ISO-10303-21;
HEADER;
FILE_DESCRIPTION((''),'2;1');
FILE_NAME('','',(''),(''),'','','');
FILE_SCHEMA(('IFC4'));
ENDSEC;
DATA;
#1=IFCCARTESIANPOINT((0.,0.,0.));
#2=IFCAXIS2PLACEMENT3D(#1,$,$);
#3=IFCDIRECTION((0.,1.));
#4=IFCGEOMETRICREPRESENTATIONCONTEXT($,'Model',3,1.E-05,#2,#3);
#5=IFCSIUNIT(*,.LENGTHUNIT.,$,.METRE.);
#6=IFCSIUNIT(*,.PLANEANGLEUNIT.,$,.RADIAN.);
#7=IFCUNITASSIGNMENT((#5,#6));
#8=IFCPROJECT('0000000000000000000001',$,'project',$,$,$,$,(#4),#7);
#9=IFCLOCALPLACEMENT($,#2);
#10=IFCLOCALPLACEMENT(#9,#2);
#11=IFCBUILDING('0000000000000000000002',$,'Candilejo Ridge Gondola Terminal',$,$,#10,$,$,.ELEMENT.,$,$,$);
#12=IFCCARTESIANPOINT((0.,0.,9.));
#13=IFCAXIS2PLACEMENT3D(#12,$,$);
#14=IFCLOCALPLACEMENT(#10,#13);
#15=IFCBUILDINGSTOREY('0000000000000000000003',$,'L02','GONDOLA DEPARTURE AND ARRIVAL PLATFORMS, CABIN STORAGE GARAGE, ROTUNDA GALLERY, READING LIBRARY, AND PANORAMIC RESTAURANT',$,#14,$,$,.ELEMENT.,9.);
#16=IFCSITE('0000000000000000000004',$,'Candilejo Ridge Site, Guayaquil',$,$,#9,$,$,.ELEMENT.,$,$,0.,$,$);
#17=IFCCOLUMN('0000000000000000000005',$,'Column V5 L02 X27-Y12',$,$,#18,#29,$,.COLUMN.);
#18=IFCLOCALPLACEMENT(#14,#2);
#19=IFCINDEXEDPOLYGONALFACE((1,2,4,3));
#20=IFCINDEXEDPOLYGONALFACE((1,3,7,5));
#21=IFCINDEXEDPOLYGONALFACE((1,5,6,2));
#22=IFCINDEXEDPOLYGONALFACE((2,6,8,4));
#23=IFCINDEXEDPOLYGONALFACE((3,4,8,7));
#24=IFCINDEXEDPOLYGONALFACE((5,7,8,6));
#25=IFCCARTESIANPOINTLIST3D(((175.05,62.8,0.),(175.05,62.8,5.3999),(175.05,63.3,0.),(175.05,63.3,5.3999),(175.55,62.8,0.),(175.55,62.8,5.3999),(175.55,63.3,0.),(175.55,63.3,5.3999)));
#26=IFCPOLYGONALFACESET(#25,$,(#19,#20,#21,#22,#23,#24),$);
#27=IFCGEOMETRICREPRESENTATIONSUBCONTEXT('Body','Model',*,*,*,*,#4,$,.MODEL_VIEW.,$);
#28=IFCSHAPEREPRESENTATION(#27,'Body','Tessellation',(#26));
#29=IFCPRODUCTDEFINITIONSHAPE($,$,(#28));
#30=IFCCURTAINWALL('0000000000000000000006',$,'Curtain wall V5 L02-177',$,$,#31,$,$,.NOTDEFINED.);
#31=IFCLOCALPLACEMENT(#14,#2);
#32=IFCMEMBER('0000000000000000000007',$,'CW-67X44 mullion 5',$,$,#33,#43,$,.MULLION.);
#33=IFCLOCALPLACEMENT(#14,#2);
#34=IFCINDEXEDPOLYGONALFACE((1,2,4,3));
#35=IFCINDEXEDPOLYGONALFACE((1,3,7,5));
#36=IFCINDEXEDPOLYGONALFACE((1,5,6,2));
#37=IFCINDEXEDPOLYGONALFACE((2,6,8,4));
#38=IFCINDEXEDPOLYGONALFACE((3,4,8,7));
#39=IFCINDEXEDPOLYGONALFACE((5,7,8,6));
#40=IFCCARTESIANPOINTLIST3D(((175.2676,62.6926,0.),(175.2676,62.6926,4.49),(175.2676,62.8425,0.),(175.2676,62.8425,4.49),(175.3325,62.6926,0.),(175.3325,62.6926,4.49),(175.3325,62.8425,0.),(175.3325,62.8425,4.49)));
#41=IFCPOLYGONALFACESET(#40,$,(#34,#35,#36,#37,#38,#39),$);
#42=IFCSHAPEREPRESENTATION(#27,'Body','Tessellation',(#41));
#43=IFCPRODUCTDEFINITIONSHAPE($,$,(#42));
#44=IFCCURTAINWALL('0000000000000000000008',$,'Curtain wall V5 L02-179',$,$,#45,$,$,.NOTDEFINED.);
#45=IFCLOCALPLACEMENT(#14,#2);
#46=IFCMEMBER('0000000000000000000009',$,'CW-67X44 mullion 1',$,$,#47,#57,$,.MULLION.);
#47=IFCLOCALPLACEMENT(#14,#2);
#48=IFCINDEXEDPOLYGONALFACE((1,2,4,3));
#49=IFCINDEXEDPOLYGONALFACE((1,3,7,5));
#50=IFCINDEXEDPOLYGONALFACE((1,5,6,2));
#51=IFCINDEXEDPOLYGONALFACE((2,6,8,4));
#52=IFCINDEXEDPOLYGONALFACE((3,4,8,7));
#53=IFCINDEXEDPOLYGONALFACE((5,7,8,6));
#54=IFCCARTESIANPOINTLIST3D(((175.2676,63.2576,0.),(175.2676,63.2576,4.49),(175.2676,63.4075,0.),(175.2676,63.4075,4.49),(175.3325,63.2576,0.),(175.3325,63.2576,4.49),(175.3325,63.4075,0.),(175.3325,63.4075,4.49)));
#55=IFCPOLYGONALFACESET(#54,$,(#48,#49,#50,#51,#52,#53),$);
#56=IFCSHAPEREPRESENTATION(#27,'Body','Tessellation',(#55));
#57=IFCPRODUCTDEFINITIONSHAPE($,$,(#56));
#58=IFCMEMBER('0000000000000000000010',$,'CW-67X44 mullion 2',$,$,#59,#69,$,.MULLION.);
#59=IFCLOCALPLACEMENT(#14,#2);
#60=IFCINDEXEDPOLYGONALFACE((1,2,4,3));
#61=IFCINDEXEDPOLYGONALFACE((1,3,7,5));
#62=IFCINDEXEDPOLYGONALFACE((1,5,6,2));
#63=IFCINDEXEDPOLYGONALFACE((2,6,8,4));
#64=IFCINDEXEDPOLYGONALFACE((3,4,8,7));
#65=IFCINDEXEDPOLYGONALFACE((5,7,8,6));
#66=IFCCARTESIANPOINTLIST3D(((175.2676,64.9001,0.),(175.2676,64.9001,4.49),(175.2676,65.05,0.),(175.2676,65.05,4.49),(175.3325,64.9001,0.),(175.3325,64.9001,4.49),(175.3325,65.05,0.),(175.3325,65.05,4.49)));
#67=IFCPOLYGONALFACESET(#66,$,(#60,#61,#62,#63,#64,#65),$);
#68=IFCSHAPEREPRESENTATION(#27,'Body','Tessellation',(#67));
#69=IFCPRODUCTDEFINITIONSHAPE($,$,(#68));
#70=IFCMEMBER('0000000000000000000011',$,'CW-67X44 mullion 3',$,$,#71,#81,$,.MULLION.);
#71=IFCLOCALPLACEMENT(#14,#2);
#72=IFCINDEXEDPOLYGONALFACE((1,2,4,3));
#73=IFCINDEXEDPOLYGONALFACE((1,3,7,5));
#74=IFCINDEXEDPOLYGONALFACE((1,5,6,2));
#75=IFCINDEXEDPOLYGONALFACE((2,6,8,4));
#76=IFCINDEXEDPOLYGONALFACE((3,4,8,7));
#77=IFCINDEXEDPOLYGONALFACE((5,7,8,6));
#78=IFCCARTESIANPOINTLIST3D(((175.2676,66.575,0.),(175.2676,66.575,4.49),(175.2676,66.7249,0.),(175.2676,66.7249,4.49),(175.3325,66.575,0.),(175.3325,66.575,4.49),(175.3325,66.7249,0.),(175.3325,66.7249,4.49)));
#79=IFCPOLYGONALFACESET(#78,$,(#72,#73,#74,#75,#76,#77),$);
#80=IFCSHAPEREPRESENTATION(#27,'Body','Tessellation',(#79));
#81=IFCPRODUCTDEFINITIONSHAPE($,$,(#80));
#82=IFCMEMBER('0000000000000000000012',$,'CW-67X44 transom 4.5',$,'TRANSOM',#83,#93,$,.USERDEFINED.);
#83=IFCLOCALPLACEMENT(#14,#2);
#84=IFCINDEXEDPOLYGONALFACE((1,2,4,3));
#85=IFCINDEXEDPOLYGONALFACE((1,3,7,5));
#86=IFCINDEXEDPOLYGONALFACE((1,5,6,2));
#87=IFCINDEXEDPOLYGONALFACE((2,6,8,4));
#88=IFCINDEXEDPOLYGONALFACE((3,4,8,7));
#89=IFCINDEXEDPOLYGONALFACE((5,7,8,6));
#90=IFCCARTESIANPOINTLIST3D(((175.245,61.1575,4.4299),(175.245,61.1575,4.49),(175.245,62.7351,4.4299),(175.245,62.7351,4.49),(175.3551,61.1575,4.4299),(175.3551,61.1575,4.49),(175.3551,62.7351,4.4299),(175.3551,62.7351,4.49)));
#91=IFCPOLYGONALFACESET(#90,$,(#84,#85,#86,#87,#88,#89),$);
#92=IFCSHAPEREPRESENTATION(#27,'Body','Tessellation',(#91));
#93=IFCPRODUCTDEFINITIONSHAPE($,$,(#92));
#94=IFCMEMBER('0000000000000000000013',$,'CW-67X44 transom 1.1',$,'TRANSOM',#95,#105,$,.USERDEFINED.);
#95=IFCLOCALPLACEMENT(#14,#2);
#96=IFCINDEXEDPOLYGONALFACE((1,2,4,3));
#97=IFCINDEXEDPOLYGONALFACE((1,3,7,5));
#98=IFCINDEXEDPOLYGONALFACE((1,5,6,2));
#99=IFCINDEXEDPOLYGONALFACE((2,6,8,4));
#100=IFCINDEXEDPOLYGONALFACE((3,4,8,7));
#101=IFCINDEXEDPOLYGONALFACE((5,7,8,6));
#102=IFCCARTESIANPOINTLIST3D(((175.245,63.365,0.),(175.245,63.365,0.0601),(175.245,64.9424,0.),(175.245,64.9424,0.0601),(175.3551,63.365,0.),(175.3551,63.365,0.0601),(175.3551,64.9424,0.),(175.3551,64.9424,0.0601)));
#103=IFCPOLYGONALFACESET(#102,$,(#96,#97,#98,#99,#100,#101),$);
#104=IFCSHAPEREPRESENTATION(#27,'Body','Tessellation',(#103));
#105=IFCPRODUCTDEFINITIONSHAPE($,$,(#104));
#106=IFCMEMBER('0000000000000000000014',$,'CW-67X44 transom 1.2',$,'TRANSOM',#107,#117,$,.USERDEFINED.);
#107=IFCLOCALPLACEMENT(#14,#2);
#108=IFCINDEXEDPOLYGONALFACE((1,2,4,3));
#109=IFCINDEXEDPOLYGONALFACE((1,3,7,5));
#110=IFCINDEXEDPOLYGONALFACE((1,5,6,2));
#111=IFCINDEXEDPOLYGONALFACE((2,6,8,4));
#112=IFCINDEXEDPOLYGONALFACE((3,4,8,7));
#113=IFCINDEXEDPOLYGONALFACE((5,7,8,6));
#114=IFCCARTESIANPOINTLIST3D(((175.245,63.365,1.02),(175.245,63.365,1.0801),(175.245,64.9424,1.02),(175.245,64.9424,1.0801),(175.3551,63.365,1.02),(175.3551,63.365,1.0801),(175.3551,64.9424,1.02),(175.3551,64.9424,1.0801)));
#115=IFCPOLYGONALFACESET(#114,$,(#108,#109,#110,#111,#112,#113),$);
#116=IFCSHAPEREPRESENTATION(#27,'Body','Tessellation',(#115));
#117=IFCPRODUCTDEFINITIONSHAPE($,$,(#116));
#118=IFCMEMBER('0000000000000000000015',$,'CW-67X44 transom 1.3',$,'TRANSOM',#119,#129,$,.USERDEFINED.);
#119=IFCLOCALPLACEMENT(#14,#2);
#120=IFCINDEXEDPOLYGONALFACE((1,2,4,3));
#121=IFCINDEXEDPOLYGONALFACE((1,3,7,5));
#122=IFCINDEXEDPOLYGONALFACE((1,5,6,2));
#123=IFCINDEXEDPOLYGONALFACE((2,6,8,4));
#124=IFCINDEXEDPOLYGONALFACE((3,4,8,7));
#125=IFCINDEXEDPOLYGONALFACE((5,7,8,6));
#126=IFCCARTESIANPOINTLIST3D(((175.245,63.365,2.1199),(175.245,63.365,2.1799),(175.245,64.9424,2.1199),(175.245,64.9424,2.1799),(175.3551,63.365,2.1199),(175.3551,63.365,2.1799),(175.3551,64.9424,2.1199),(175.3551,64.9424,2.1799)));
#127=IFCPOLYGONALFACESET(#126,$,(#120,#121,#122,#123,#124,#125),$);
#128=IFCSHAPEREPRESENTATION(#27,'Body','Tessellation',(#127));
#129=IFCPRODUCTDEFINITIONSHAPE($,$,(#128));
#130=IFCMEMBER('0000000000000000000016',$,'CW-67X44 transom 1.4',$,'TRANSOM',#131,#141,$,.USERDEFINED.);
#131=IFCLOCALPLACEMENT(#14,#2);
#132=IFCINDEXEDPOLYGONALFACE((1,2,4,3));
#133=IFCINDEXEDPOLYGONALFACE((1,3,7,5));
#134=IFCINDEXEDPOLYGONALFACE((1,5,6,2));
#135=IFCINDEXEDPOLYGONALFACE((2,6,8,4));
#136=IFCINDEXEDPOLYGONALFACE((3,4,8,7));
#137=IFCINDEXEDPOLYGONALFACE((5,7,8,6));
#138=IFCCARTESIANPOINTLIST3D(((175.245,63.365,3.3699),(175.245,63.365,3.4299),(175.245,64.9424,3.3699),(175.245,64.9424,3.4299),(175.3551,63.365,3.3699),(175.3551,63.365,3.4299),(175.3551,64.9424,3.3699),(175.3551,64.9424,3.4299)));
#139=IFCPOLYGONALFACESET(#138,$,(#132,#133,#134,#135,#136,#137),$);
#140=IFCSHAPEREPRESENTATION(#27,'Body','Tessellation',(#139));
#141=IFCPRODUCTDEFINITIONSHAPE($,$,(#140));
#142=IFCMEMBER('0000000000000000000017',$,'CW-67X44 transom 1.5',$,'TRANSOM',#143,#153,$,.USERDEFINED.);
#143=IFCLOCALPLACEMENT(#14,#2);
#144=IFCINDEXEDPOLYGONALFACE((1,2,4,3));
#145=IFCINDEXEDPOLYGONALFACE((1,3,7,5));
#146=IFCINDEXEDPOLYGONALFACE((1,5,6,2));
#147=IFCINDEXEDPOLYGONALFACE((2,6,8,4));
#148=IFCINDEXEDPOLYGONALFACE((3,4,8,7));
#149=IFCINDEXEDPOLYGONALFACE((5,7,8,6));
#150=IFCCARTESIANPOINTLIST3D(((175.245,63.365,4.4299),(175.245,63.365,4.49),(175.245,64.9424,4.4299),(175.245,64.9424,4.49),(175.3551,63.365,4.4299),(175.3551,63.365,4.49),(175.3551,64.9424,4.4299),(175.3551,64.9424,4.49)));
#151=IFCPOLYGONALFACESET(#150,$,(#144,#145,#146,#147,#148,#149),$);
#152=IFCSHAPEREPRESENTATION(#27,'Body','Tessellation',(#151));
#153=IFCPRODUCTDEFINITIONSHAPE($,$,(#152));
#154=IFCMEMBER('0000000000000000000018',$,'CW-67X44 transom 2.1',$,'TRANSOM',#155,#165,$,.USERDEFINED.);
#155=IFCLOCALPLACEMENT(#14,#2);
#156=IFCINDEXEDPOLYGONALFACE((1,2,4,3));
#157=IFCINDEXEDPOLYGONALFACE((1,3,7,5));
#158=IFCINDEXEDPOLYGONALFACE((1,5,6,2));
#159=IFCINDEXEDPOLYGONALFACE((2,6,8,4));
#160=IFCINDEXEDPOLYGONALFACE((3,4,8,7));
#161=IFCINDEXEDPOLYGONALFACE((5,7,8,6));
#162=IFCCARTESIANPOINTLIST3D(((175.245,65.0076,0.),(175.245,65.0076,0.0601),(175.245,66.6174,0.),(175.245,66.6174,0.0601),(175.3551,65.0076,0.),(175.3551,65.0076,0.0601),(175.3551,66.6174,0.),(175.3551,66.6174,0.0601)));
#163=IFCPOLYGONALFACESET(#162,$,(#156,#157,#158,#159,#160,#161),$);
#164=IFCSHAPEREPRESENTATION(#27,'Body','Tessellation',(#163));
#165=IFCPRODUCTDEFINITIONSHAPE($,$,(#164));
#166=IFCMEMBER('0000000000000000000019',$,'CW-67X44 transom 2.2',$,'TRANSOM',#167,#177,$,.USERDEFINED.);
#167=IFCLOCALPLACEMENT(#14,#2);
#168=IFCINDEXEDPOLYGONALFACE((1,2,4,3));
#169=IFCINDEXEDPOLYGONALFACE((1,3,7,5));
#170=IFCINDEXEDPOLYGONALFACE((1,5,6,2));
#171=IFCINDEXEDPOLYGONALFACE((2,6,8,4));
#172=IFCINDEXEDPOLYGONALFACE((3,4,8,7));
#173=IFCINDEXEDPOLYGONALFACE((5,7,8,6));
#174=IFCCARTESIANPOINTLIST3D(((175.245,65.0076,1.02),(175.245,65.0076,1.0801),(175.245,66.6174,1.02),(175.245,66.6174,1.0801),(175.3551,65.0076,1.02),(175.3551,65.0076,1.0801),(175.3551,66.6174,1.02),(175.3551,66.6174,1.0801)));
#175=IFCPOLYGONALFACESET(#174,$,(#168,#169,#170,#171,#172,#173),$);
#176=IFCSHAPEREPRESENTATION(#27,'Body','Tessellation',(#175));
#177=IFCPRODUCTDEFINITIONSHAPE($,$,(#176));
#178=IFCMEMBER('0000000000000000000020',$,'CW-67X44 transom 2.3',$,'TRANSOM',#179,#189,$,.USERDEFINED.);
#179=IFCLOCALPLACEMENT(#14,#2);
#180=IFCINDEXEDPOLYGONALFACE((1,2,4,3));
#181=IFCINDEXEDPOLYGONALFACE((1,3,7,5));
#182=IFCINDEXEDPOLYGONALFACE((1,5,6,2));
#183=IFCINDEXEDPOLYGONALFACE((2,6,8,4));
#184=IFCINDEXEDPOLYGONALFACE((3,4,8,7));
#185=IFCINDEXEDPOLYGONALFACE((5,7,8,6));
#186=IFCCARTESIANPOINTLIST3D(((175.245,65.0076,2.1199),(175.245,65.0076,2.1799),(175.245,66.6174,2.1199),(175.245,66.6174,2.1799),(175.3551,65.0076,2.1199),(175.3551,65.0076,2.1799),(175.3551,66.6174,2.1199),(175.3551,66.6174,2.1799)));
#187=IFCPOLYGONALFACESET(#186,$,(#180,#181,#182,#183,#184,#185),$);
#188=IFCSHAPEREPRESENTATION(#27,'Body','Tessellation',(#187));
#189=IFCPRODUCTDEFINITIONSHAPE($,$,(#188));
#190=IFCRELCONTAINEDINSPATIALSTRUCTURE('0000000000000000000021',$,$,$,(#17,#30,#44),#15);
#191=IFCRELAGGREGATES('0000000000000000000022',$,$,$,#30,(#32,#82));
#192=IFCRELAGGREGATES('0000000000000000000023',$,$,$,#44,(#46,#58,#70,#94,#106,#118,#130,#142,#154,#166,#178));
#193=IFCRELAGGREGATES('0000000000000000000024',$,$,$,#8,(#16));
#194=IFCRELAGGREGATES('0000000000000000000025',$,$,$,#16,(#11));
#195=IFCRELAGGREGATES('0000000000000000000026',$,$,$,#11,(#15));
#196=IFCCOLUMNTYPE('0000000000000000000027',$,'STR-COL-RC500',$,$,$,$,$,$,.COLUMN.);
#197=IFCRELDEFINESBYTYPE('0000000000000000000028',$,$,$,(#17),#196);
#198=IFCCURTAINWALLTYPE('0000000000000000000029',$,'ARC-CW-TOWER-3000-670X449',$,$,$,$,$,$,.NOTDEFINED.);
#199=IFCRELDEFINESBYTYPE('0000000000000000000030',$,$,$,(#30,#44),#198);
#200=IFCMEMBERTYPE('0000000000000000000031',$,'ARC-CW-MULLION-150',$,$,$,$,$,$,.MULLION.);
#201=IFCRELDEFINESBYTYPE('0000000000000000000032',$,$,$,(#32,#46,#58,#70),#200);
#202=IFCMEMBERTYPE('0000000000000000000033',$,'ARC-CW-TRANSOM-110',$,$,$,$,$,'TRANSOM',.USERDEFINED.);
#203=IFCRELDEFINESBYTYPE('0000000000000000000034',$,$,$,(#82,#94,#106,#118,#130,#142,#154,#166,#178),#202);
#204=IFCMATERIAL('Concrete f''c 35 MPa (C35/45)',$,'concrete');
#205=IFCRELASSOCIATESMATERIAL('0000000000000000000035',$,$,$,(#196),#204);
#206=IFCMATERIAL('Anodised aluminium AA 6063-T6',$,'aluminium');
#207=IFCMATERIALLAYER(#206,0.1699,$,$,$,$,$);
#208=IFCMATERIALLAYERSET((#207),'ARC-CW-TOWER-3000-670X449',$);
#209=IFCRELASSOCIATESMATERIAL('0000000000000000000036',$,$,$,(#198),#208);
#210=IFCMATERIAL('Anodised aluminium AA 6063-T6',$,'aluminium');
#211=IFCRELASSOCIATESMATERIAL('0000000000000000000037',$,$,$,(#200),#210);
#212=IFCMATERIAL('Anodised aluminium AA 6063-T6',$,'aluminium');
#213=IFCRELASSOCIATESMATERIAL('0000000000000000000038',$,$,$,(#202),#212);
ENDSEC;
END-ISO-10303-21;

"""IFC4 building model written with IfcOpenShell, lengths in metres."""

from ifc_helpers import new_model, si_unit, direction, frame, origin, origin_2d, place, context, subcontext, project, spatial, rectangle, extrude, material, layer, layer_set, material_profile, profile_set, type_object, element, aggregate, save


model = new_model("IFC4")

# Units and contexts
model_context = context("Model", 3, precision=1e-05, world=origin(), true_north=direction((0.0, 1.0)))
body_context = subcontext(model_context, "Body", "Model", "MODEL_VIEW")
ifc_project = project(units=[si_unit("LENGTHUNIT", "METRE"), si_unit("PLANEANGLEUNIT", "RADIAN")], contexts=[model_context])

# Site, building, storey
site_placement = place(None, origin())
site = spatial("IfcSite", under=ifc_project, at=site_placement, Name="Candilejo Ridge Site, Guayaquil", CompositionType="ELEMENT", RefElevation=0.0)
building_placement = place(site_placement, origin())
building = spatial("IfcBuilding", under=site, at=building_placement, Name="Candilejo Ridge Gondola Terminal", CompositionType="ELEMENT")
storey_placement = place(building_placement, frame((0.0, 0.0, 9.0)))
storey = spatial("IfcBuildingStorey", under=building, at=storey_placement, Name="L02", Description="GONDOLA DEPARTURE AND ARRIVAL PLATFORMS, CABIN STORAGE GARAGE, ROTUNDA GALLERY, READING LIBRARY, AND PANORAMIC RESTAURANT", CompositionType="ELEMENT", Elevation=9.0)

# Column
ifc_material_1 = material(Name="Concrete f'c 35 MPa (C35/45)", Category="concrete")
ifc_material_profile_1 = material_profile(ifc_material_1, rectangle(XDim=0.5, YDim=0.5, at=origin_2d()))
ifc_profile_set_1 = profile_set([ifc_material_profile_1], Name="Concrete f'c 35 MPa (C35/45)")
column_type = type_object("IfcColumnType", Name="STR-COL-RC500", PredefinedType="COLUMN", material=ifc_profile_set_1)
column_placement = place(storey_placement, frame((175.3, 63.05, 0.0), z_axis=(0.0, 0.0, 1.0), x_axis=(1.0, 0.0, 0.0)))
element("IfcColumn", 1, at=column_placement, inside=storey, type_object=column_type, Name="Column V5 L02 X27-Y12", PredefinedType="COLUMN", context=body_context, shape_type="SweptSolid", body=[
    extrude(rectangle(XDim=0.5, YDim=0.5, at=origin_2d()), origin(), (0.0, 0.0, 1.0), 5.3999),
])

# Curtain wall, member
ifc_material_2 = material(Name="Anodised aluminium AA 6063-T6", Category="aluminium")
ifc_layer_1 = layer(ifc_material_2, 0.1699)
ifc_layer_set_1 = layer_set([ifc_layer_1], Name="ARC-CW-TOWER-3000-670X449")
curtain_wall_type = type_object("IfcCurtainWallType", Name="ARC-CW-TOWER-3000-670X449", PredefinedType="NOTDEFINED", material=ifc_layer_set_1)
curtain_wall_1_placement = place(storey_placement, origin())
curtain_wall_1 = element("IfcCurtainWall", 2, at=curtain_wall_1_placement, inside=storey, type_object=curtain_wall_type, Name="Curtain wall V5 L02-177", PredefinedType="NOTDEFINED")
ifc_material_3 = material(Name="Anodised aluminium AA 6063-T6", Category="aluminium")
ifc_material_profile_2 = material_profile(ifc_material_3, rectangle(XDim=0.0649, YDim=0.1499, at=origin_2d()))
ifc_profile_set_2 = profile_set([ifc_material_profile_2], Name="Anodised aluminium AA 6063-T6")
member_type_1 = type_object("IfcMemberType", Name="ARC-CW-MULLION-150", PredefinedType="MULLION", material=ifc_profile_set_2)
member_1_placement = place(storey_placement, frame((175.3, 62.7676, 0.0), z_axis=(0.0, 0.0, 1.0), x_axis=(-1.0, 0.0, 0.0)))
member_1 = element("IfcMember", 3, at=member_1_placement, type_object=member_type_1, Name="CW-67X44 mullion 5", PredefinedType="MULLION", context=body_context, shape_type="SweptSolid", body=[
    extrude(rectangle(XDim=0.0649, YDim=0.1499, at=origin_2d()), origin(), (0.0, 0.0, 1.0), 4.49),
])

# Curtain wall, members
curtain_wall_2_placement = place(storey_placement, origin())
curtain_wall_2 = element("IfcCurtainWall", 4, at=curtain_wall_2_placement, inside=storey, type_object=curtain_wall_type, Name="Curtain wall V5 L02-179", PredefinedType="NOTDEFINED")
member_2_placement = place(storey_placement, frame((175.3, 63.3325, 0.0), z_axis=(0.0, 0.0, 1.0), x_axis=(-1.0, 0.0, 0.0)))
member_2 = element("IfcMember", 5, at=member_2_placement, type_object=member_type_1, Name="CW-67X44 mullion 1", PredefinedType="MULLION", context=body_context, shape_type="SweptSolid", body=[
    extrude(rectangle(XDim=0.0649, YDim=0.1499, at=origin_2d()), origin(), (0.0, 0.0, 1.0), 4.49),
])
member_3_placement = place(storey_placement, frame((175.3, 64.9751, 0.0), z_axis=(0.0, 0.0, 1.0), x_axis=(-1.0, 0.0, 0.0)))
member_3 = element("IfcMember", 6, at=member_3_placement, type_object=member_type_1, Name="CW-67X44 mullion 2", PredefinedType="MULLION", context=body_context, shape_type="SweptSolid", body=[
    extrude(rectangle(XDim=0.0649, YDim=0.1499, at=origin_2d()), origin(), (0.0, 0.0, 1.0), 4.49),
])
member_4_placement = place(storey_placement, frame((175.3, 66.6499, 0.0), z_axis=(0.0, 0.0, 1.0), x_axis=(-1.0, 0.0, 0.0)))
member_4 = element("IfcMember", 7, at=member_4_placement, type_object=member_type_1, Name="CW-67X44 mullion 3", PredefinedType="MULLION", context=body_context, shape_type="SweptSolid", body=[
    extrude(rectangle(XDim=0.0649, YDim=0.1499, at=origin_2d()), origin(), (0.0, 0.0, 1.0), 4.49),
])

# Members
ifc_material_4 = material(Name="Anodised aluminium AA 6063-T6", Category="aluminium")
ifc_material_profile_3 = material_profile(ifc_material_4, rectangle(XDim=0.1101, YDim=0.0601, at=origin_2d()))
ifc_profile_set_3 = profile_set([ifc_material_profile_3], Name="Anodised aluminium AA 6063-T6")
member_type_2 = type_object("IfcMemberType", Name="ARC-CW-TRANSOM-110", ElementType="TRANSOM", PredefinedType="USERDEFINED", material=ifc_profile_set_3)
member_5_placement = place(storey_placement, frame((175.3, 61.1575, 4.46), z_axis=(0.0, 1.0, 0.0), x_axis=(-1.0, 0.0, 0.0)))
member_5 = element("IfcMember", 8, at=member_5_placement, type_object=member_type_2, Name="CW-67X44 transom 4.5", ObjectType="TRANSOM", PredefinedType="USERDEFINED", context=body_context, shape_type="SweptSolid", body=[
    extrude(rectangle(XDim=0.1101, YDim=0.0601, at=origin_2d()), origin(), (0.0, 0.0, 1.0), 1.5776),
])
member_6_placement = place(storey_placement, frame((175.3, 63.365, 0.03), z_axis=(0.0, 1.0, 0.0), x_axis=(-1.0, 0.0, 0.0)))
member_6 = element("IfcMember", 9, at=member_6_placement, type_object=member_type_2, Name="CW-67X44 transom 1.1", ObjectType="TRANSOM", PredefinedType="USERDEFINED", context=body_context, shape_type="SweptSolid", body=[
    extrude(rectangle(XDim=0.1101, YDim=0.0601, at=origin_2d()), origin(), (0.0, 0.0, 1.0), 1.5774),
])
member_7_placement = place(storey_placement, frame((175.3, 63.365, 1.05), z_axis=(0.0, 1.0, 0.0), x_axis=(-1.0, 0.0, 0.0)))
member_7 = element("IfcMember", 10, at=member_7_placement, type_object=member_type_2, Name="CW-67X44 transom 1.2", ObjectType="TRANSOM", PredefinedType="USERDEFINED", context=body_context, shape_type="SweptSolid", body=[
    extrude(rectangle(XDim=0.1101, YDim=0.0601, at=origin_2d()), origin(), (0.0, 0.0, 1.0), 1.5774),
])
member_8_placement = place(storey_placement, frame((175.3, 63.365, 2.1499), z_axis=(0.0, 1.0, 0.0), x_axis=(-1.0, 0.0, 0.0)))
member_8 = element("IfcMember", 11, at=member_8_placement, type_object=member_type_2, Name="CW-67X44 transom 1.3", ObjectType="TRANSOM", PredefinedType="USERDEFINED", context=body_context, shape_type="SweptSolid", body=[
    extrude(rectangle(XDim=0.1101, YDim=0.0601, at=origin_2d()), origin(), (0.0, 0.0, 1.0), 1.5774),
])
member_9_placement = place(storey_placement, frame((175.3, 63.365, 3.3999), z_axis=(0.0, 1.0, 0.0), x_axis=(-1.0, 0.0, 0.0)))
member_9 = element("IfcMember", 12, at=member_9_placement, type_object=member_type_2, Name="CW-67X44 transom 1.4", ObjectType="TRANSOM", PredefinedType="USERDEFINED", context=body_context, shape_type="SweptSolid", body=[
    extrude(rectangle(XDim=0.1101, YDim=0.0601, at=origin_2d()), origin(), (0.0, 0.0, 1.0), 1.5774),
])
member_10_placement = place(storey_placement, frame((175.3, 63.365, 4.46), z_axis=(0.0, 1.0, 0.0), x_axis=(-1.0, 0.0, 0.0)))
member_10 = element("IfcMember", 13, at=member_10_placement, type_object=member_type_2, Name="CW-67X44 transom 1.5", ObjectType="TRANSOM", PredefinedType="USERDEFINED", context=body_context, shape_type="SweptSolid", body=[
    extrude(rectangle(XDim=0.1101, YDim=0.0601, at=origin_2d()), origin(), (0.0, 0.0, 1.0), 1.5774),
])
member_11_placement = place(storey_placement, frame((175.3, 65.0076, 0.03), z_axis=(0.0, 1.0, 0.0), x_axis=(-1.0, 0.0, 0.0)))
member_11 = element("IfcMember", 14, at=member_11_placement, type_object=member_type_2, Name="CW-67X44 transom 2.1", ObjectType="TRANSOM", PredefinedType="USERDEFINED", context=body_context, shape_type="SweptSolid", body=[
    extrude(rectangle(XDim=0.1101, YDim=0.0601, at=origin_2d()), origin(), (0.0, 0.0, 1.0), 1.6099),
])
member_12_placement = place(storey_placement, frame((175.3, 65.0076, 1.05), z_axis=(0.0, 1.0, 0.0), x_axis=(-1.0, 0.0, 0.0)))
member_12 = element("IfcMember", 15, at=member_12_placement, type_object=member_type_2, Name="CW-67X44 transom 2.2", ObjectType="TRANSOM", PredefinedType="USERDEFINED", context=body_context, shape_type="SweptSolid", body=[
    extrude(rectangle(XDim=0.1101, YDim=0.0601, at=origin_2d()), origin(), (0.0, 0.0, 1.0), 1.6099),
])
member_13_placement = place(storey_placement, frame((175.3, 65.0076, 2.1499), z_axis=(0.0, 1.0, 0.0), x_axis=(-1.0, 0.0, 0.0)))
member_13 = element("IfcMember", 16, at=member_13_placement, type_object=member_type_2, Name="CW-67X44 transom 2.3", ObjectType="TRANSOM", PredefinedType="USERDEFINED", context=body_context, shape_type="SweptSolid", body=[
    extrude(rectangle(XDim=0.1101, YDim=0.0601, at=origin_2d()), origin(), (0.0, 0.0, 1.0), 1.6099),
])

aggregate(curtain_wall_1, [member_1, member_5])
aggregate(curtain_wall_2, [member_2, member_3, member_4, member_6, member_7, member_8, member_9, member_10, member_11, member_12, member_13])

save(model, "model.ifc")
